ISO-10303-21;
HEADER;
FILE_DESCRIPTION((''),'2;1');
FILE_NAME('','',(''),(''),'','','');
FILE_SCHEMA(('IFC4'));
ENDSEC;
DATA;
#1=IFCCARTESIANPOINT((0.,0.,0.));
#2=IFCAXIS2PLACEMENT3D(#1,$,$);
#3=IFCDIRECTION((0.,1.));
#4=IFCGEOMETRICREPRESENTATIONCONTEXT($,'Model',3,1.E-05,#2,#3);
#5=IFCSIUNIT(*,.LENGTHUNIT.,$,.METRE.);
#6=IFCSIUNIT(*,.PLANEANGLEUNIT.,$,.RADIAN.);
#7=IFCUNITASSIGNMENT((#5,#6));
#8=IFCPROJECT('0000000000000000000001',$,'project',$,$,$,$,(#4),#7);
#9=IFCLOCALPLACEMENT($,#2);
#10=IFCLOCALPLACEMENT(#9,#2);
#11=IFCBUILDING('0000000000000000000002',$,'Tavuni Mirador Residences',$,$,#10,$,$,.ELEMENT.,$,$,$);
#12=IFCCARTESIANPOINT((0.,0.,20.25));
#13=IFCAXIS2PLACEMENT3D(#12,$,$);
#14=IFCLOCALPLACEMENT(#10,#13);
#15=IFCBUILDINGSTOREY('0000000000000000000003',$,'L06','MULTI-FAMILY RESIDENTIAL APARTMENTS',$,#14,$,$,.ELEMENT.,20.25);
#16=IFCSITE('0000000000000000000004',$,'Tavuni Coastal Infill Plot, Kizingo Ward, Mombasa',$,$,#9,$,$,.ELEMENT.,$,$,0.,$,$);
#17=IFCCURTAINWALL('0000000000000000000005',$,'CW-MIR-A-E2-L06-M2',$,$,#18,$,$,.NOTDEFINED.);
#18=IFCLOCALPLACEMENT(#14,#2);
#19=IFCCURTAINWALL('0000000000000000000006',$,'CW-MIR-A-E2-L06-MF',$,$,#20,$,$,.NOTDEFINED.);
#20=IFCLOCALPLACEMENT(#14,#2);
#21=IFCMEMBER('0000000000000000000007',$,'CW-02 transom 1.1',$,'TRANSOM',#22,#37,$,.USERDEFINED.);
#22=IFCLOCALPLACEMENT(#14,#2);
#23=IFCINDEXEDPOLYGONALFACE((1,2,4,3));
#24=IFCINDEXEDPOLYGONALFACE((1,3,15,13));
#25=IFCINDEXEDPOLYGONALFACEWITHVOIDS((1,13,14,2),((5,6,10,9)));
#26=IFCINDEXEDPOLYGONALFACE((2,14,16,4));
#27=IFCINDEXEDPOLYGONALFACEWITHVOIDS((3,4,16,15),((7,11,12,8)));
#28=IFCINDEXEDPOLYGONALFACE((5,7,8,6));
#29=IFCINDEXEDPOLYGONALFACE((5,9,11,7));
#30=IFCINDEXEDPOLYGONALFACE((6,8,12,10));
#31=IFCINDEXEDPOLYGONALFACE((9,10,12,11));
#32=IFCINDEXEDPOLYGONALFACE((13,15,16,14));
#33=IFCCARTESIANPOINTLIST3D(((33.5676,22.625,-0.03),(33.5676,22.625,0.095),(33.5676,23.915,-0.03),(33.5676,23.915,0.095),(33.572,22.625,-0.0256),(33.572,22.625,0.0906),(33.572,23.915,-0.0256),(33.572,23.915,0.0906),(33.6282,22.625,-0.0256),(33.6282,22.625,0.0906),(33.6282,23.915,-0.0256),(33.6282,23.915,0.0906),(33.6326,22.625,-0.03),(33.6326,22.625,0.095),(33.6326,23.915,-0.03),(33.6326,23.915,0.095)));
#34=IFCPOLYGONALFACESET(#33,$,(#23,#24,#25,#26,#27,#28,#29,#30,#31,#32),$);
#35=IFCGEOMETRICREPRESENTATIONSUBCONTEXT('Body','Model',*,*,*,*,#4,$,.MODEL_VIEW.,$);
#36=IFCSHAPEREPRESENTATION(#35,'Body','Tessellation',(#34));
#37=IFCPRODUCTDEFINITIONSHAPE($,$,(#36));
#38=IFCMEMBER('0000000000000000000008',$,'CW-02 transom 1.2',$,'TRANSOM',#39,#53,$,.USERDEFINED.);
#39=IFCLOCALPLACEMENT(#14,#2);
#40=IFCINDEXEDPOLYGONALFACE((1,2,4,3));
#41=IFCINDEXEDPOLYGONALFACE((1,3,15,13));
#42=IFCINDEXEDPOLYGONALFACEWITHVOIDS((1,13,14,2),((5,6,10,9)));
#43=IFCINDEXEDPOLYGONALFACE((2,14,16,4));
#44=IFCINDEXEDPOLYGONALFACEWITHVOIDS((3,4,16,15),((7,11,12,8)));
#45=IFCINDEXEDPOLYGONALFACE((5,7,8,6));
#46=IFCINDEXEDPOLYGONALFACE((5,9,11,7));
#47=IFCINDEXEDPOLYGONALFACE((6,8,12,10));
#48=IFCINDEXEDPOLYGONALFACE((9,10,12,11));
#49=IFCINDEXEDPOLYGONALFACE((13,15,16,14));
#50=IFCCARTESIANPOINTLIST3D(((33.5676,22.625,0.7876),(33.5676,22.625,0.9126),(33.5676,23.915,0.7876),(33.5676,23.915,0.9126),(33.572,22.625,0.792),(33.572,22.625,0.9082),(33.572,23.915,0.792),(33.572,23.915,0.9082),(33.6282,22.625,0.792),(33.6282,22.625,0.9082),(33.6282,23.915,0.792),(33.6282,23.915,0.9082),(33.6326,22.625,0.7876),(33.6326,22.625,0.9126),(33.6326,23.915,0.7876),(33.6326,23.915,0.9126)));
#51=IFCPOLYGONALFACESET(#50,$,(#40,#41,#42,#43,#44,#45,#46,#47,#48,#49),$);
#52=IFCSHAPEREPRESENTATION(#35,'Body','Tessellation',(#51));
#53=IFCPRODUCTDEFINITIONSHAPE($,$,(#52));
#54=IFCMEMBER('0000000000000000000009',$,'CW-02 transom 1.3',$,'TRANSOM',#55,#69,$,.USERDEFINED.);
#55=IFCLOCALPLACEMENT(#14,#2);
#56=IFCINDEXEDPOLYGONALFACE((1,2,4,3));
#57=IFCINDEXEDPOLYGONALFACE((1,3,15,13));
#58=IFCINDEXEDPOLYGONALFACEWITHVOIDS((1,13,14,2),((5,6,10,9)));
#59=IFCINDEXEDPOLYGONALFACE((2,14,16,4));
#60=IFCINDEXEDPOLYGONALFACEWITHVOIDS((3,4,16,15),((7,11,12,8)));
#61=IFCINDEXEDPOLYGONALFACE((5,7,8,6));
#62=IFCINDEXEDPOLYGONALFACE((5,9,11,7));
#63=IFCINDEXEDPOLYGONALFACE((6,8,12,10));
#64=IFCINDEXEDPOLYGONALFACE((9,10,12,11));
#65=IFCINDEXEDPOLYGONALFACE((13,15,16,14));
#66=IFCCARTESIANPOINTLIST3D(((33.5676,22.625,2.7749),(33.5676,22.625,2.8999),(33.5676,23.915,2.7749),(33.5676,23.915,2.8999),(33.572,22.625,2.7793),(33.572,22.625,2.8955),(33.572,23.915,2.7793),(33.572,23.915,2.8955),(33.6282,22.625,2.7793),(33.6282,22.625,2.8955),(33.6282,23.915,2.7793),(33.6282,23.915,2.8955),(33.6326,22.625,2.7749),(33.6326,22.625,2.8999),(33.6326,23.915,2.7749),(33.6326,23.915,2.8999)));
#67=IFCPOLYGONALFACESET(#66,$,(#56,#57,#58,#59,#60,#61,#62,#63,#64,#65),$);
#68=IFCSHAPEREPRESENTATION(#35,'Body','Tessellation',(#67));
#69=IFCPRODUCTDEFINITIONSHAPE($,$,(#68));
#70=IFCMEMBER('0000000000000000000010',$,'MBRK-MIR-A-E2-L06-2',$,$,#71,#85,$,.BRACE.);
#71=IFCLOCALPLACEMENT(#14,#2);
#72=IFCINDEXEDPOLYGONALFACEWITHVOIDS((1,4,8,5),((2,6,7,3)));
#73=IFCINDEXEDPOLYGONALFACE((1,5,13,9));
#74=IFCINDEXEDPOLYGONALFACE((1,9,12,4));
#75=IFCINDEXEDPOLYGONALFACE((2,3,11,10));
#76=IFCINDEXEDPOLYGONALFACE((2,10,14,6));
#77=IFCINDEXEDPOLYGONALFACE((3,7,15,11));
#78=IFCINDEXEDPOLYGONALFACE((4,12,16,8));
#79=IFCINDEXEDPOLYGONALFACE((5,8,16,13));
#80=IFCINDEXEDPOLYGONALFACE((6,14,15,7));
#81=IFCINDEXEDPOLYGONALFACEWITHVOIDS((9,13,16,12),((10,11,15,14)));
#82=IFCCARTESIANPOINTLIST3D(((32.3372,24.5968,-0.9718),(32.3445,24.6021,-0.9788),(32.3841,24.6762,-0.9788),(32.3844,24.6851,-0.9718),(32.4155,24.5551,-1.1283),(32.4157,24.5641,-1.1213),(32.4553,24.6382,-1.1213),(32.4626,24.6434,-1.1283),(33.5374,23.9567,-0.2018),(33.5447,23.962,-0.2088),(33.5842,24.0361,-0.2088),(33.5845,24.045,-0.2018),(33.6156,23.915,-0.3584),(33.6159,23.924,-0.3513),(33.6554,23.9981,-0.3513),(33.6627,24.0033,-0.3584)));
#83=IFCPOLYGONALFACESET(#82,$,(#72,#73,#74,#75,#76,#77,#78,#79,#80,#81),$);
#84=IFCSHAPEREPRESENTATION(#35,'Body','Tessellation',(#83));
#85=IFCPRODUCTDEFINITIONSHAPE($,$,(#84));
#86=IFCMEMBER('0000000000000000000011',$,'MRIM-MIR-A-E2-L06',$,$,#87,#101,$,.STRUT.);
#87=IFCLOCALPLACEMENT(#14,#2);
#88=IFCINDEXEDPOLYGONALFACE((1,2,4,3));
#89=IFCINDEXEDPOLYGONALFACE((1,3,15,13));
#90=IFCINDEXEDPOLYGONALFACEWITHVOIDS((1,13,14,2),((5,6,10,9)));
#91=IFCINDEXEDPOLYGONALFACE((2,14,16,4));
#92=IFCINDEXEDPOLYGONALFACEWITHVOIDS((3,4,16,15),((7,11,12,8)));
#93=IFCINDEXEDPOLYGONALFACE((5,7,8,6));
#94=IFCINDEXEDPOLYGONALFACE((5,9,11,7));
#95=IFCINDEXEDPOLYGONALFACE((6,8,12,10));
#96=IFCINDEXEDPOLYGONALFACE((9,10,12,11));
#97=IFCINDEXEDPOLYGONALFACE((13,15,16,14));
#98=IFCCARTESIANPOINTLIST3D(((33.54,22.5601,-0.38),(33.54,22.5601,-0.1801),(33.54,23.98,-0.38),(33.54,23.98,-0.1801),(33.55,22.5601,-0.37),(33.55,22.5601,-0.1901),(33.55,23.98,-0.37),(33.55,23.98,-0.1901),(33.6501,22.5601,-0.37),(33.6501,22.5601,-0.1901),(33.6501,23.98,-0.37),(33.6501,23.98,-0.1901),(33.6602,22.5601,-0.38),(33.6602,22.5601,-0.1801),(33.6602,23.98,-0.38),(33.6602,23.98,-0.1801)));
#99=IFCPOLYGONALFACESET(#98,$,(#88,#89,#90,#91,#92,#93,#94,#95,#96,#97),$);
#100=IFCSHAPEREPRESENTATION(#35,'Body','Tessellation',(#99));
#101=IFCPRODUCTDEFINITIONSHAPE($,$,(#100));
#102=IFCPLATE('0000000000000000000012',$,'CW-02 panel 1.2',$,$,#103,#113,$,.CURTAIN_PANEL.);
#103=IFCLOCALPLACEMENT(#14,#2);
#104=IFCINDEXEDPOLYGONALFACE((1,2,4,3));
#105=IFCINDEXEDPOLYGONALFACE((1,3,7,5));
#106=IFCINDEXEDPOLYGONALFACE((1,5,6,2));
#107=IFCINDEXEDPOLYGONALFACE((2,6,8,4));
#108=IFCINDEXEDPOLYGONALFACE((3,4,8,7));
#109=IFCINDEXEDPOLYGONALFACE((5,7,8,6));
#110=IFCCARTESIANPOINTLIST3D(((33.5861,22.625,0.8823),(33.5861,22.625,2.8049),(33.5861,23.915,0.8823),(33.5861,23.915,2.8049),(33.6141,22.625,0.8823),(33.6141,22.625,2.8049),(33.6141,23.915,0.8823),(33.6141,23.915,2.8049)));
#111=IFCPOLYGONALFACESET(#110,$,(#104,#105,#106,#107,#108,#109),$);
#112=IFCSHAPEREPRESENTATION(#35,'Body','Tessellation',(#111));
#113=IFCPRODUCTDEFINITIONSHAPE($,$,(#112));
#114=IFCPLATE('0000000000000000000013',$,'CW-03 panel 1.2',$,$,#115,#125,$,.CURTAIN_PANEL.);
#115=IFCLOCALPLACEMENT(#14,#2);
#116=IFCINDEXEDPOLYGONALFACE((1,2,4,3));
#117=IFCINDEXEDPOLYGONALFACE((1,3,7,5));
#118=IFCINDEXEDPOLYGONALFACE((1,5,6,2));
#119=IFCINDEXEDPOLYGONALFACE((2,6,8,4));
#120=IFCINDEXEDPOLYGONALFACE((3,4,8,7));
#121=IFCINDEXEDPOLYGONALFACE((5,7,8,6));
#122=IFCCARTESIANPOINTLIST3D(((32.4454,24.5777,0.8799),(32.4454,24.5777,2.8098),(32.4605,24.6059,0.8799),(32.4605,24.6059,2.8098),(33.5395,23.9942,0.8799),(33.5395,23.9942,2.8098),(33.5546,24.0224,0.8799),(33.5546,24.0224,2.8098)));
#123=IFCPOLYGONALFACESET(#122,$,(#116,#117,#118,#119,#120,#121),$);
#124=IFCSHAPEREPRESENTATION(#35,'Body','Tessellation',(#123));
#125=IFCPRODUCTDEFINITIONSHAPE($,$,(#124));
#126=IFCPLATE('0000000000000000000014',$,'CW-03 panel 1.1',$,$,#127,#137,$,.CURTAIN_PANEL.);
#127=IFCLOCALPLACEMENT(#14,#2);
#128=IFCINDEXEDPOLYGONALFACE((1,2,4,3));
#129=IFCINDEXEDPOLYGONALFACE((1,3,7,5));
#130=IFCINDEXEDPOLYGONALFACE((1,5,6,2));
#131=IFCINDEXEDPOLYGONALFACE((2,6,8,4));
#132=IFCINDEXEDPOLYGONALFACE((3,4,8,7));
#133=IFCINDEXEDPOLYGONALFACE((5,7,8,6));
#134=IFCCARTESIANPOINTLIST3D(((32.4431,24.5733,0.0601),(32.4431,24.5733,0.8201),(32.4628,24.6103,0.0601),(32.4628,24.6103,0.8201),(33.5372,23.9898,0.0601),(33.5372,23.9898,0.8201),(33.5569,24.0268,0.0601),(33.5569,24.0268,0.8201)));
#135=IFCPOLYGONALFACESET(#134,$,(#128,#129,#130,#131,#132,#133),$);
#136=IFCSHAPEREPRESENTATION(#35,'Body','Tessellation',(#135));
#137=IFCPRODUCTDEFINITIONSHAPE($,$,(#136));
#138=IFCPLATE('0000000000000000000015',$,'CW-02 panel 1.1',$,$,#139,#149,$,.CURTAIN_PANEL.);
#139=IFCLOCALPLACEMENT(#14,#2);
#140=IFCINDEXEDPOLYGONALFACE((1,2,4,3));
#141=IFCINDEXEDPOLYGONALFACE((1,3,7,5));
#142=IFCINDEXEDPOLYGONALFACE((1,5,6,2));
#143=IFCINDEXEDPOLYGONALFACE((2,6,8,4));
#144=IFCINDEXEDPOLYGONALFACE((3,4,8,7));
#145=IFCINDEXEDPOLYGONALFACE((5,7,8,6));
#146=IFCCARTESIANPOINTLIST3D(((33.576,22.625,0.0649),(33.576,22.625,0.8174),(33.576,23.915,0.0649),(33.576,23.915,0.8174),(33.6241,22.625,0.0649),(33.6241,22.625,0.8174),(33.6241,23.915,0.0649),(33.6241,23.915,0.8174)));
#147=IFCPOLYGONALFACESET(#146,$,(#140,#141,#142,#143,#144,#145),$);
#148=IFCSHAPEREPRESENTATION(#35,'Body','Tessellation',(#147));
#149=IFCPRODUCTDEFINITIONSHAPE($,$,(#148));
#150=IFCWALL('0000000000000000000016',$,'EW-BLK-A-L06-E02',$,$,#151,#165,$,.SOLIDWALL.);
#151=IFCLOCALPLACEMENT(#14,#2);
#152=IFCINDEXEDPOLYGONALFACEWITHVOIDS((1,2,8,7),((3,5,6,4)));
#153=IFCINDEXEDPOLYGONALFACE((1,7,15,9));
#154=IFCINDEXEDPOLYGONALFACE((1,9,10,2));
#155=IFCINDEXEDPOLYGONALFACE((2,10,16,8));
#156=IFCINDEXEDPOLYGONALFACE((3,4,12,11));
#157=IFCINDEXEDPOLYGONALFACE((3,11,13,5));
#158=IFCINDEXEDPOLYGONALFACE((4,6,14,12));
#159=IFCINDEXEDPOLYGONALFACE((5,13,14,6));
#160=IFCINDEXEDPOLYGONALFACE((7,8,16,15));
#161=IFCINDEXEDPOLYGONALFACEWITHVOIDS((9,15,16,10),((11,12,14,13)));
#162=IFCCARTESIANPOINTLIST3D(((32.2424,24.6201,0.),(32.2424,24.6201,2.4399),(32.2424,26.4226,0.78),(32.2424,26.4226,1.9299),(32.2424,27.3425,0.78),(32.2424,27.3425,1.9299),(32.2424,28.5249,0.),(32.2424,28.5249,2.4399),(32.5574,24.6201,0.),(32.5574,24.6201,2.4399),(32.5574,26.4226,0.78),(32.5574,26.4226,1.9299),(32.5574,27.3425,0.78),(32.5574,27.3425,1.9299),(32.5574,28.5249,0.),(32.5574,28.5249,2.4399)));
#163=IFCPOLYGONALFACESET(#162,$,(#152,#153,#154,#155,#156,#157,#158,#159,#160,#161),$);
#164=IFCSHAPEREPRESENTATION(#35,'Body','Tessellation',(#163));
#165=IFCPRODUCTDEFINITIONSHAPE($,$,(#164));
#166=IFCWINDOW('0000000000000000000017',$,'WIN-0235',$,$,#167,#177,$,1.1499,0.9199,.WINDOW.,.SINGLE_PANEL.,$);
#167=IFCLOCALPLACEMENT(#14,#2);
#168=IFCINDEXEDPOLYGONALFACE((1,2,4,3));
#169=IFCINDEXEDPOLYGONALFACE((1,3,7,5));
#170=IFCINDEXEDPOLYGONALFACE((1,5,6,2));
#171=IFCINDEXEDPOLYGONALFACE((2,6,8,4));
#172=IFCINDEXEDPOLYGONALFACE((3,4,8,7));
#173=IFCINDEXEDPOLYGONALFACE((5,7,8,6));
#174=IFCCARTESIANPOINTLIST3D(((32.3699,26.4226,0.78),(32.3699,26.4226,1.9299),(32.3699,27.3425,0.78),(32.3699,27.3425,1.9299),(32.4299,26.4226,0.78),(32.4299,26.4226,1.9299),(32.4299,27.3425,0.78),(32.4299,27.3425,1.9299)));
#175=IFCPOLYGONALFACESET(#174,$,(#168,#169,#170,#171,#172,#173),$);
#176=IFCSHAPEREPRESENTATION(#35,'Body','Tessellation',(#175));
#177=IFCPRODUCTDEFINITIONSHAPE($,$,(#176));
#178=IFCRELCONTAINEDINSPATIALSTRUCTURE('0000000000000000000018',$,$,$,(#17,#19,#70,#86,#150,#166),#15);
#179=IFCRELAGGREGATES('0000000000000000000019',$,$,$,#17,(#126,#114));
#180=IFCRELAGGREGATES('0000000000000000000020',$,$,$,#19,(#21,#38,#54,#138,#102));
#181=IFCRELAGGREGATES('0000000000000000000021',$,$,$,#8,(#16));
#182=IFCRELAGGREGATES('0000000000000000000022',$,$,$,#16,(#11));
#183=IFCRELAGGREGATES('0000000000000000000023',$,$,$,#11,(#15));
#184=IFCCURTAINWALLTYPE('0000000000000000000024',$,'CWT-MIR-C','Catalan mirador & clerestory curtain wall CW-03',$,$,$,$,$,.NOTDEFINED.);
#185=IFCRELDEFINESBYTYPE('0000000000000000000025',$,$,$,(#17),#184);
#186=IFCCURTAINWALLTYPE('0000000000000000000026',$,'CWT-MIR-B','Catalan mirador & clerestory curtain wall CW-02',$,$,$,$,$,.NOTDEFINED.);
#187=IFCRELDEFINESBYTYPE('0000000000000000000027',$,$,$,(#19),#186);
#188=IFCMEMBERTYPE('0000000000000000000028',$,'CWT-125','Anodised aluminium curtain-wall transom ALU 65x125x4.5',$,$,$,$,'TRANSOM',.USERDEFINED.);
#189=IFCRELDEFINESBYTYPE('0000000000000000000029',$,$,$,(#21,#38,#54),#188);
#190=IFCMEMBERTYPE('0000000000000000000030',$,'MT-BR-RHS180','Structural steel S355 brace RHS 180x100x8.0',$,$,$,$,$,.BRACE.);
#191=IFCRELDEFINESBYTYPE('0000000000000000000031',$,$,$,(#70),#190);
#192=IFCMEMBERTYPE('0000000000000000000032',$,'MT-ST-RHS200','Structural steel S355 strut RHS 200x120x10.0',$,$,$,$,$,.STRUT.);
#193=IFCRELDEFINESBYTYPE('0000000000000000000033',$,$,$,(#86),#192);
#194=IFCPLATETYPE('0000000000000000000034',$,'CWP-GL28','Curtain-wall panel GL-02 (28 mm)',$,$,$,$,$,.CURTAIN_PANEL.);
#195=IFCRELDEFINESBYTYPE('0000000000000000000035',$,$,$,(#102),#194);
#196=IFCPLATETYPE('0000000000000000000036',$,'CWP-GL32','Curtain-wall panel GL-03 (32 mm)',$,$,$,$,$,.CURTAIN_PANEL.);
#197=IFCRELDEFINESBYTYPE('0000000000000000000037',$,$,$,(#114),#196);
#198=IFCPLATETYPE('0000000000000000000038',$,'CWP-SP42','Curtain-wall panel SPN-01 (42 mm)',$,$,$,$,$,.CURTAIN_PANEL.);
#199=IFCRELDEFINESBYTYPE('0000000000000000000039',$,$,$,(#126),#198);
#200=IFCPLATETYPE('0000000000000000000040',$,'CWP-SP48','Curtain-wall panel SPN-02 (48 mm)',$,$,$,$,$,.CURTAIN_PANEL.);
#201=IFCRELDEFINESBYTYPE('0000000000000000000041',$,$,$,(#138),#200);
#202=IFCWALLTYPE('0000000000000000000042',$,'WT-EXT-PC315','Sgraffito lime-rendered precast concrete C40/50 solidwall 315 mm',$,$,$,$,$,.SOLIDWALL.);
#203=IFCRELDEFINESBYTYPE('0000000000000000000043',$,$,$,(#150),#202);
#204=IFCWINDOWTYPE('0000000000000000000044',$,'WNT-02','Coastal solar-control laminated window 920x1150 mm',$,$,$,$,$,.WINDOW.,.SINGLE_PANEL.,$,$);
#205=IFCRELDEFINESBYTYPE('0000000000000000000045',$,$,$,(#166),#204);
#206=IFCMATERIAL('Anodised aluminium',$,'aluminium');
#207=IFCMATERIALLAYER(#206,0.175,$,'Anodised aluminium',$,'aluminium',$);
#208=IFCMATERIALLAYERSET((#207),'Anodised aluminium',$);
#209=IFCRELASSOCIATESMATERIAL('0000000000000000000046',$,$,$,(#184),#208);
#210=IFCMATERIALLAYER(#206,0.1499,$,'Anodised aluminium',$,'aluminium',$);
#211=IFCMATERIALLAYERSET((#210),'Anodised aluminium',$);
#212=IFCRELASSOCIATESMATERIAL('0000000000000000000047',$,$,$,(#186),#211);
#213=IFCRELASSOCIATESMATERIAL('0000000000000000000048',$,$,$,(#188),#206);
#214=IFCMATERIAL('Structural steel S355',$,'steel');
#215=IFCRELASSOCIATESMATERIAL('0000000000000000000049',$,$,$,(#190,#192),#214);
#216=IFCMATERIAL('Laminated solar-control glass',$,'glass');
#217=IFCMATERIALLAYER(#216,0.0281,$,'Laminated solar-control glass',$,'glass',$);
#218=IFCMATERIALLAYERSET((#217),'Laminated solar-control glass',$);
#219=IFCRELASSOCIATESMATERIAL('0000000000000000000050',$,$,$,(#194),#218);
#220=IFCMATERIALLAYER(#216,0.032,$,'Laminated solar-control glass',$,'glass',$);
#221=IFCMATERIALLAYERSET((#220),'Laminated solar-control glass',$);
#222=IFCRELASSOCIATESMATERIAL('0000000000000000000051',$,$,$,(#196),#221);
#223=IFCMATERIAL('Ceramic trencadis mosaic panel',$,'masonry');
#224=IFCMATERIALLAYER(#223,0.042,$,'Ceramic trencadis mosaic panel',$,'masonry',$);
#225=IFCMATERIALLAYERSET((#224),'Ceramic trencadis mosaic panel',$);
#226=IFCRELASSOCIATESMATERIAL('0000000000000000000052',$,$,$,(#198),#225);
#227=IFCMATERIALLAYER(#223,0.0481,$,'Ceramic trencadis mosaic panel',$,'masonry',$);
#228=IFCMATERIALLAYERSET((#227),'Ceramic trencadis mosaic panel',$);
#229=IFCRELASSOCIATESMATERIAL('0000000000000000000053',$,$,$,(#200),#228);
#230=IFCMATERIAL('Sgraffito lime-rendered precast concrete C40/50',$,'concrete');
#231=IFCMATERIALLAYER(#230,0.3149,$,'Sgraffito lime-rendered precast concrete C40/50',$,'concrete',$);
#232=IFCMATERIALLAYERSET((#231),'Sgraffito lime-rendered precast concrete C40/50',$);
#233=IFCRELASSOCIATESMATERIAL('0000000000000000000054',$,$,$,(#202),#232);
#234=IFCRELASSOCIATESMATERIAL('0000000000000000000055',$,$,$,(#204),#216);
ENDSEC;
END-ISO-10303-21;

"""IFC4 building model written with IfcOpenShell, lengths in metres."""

from ifc_helpers import new_model, si_unit, direction, frame, frame_2d, origin, origin_2d, place, context, subcontext, project, spatial, rectangle, hollow_rectangle, extrude, material, layer, layer_set, material_profile, profile_set, type_object, element, fill, aggregate, save


model = new_model("IFC4")

# Units and contexts
model_context = context("Model", 3, precision=1e-05, world=origin(), true_north=direction((0.0, 1.0)))
body_context = subcontext(model_context, "Body", "Model", "MODEL_VIEW")
ifc_project = project(units=[si_unit("LENGTHUNIT", "METRE"), si_unit("PLANEANGLEUNIT", "RADIAN")], contexts=[model_context])

# Site, building, storey
site_placement = place(None, origin())
site = spatial("IfcSite", under=ifc_project, at=site_placement, Name="Tavuni Coastal Infill Plot, Kizingo Ward, Mombasa", CompositionType="ELEMENT", RefElevation=0.0)
building_placement = place(site_placement, origin())
building = spatial("IfcBuilding", under=site, at=building_placement, Name="Tavuni Mirador Residences", CompositionType="ELEMENT")
storey_placement = place(building_placement, frame((0.0, 0.0, 20.25)))
storey = spatial("IfcBuildingStorey", under=building, at=storey_placement, Name="L06", Description="MULTI-FAMILY RESIDENTIAL APARTMENTS", CompositionType="ELEMENT", Elevation=20.25)

# Shared definitions
ifc_material_1 = material(Name="Anodised aluminium", Category="aluminium")

# Curtain walls
ifc_layer_1 = layer(ifc_material_1, 0.175, Name="Anodised aluminium", Category="aluminium")
ifc_layer_set_1 = layer_set([ifc_layer_1], Name="Anodised aluminium")
curtain_wall_type_1 = type_object("IfcCurtainWallType", Name="CWT-MIR-C", Description="Catalan mirador & clerestory curtain wall CW-03", PredefinedType="NOTDEFINED", material=ifc_layer_set_1)
curtain_wall_1_placement = place(storey_placement, origin())
curtain_wall_1 = element("IfcCurtainWall", 1, at=curtain_wall_1_placement, inside=storey, type_object=curtain_wall_type_1, Name="CW-MIR-A-E2-L06-M2", PredefinedType="NOTDEFINED")
ifc_layer_2 = layer(ifc_material_1, 0.1499, Name="Anodised aluminium", Category="aluminium")
ifc_layer_set_2 = layer_set([ifc_layer_2], Name="Anodised aluminium")
curtain_wall_type_2 = type_object("IfcCurtainWallType", Name="CWT-MIR-B", Description="Catalan mirador & clerestory curtain wall CW-02", PredefinedType="NOTDEFINED", material=ifc_layer_set_2)
curtain_wall_2_placement = place(storey_placement, origin())
curtain_wall_2 = element("IfcCurtainWall", 2, at=curtain_wall_2_placement, inside=storey, type_object=curtain_wall_type_2, Name="CW-MIR-A-E2-L06-MF", PredefinedType="NOTDEFINED")

# Members
ifc_material_profile_1 = material_profile(ifc_material_1, hollow_rectangle(XDim=0.0649, YDim=0.125, WallThickness=0.0044, at=origin_2d()), Name="ALU 65x125x4.5", Category="aluminium")
ifc_profile_set_1 = profile_set([ifc_material_profile_1], Name="Anodised aluminium")
member_type_1 = type_object("IfcMemberType", Name="CWT-125", Description="Anodised aluminium curtain-wall transom ALU 65x125x4.5", ElementType="TRANSOM", PredefinedType="USERDEFINED", material=ifc_profile_set_1)
member_1_placement = place(storey_placement, frame((33.6001, 22.625, 0.0325), z_axis=(0.0, 1.0, 0.0), x_axis=(-1.0, 0.0, 0.0)))
member_1 = element("IfcMember", 3, at=member_1_placement, type_object=member_type_1, Name="CW-02 transom 1.1", ObjectType="TRANSOM", PredefinedType="USERDEFINED", context=body_context, shape_type="SweptSolid", body=[
    extrude(hollow_rectangle(XDim=0.0649, YDim=0.125, WallThickness=0.0044, at=origin_2d()), origin(), (0.0, 0.0, 1.0), 1.29),
])
member_2_placement = place(storey_placement, frame((33.6001, 22.625, 0.8501), z_axis=(0.0, 1.0, 0.0), x_axis=(-1.0, 0.0, 0.0)))
member_2 = element("IfcMember", 4, at=member_2_placement, type_object=member_type_1, Name="CW-02 transom 1.2", ObjectType="TRANSOM", PredefinedType="USERDEFINED", context=body_context, shape_type="SweptSolid", body=[
    extrude(hollow_rectangle(XDim=0.0649, YDim=0.125, WallThickness=0.0044, at=origin_2d()), origin(), (0.0, 0.0, 1.0), 1.29),
])
member_3_placement = place(storey_placement, frame((33.6001, 22.625, 2.8374), z_axis=(0.0, 1.0, 0.0), x_axis=(-1.0, 0.0, 0.0)))
member_3 = element("IfcMember", 5, at=member_3_placement, type_object=member_type_1, Name="CW-02 transom 1.3", ObjectType="TRANSOM", PredefinedType="USERDEFINED", context=body_context, shape_type="SweptSolid", body=[
    extrude(hollow_rectangle(XDim=0.0649, YDim=0.125, WallThickness=0.0044, at=origin_2d()), origin(), (0.0, 0.0, 1.0), 1.29),
])

# Members
ifc_material_2 = material(Name="Structural steel S355", Category="steel")
ifc_material_profile_2 = material_profile(ifc_material_2, hollow_rectangle(XDim=0.1001, YDim=0.1799, WallThickness=0.0081, at=origin_2d()), Name="RHS 180x100x8.0", Category="steel")
ifc_profile_set_2 = profile_set([ifc_material_profile_2], Name="Structural steel S355")
member_type_2 = type_object("IfcMemberType", Name="MT-BR-RHS180", Description="Structural steel S355 brace RHS 180x100x8.0", PredefinedType="BRACE", material=ifc_profile_set_2)
member_4_placement = place(storey_placement, frame((32.3999, 24.6201, -1.05), z_axis=(0.767847, -0.409539, 0.492634), x_axis=(0.470607, 0.882343, 0.0)))
element("IfcMember", 6, at=member_4_placement, inside=storey, type_object=member_type_2, Name="MBRK-MIR-A-E2-L06-2", PredefinedType="BRACE", context=body_context, shape_type="SweptSolid", body=[
    extrude(hollow_rectangle(XDim=0.1001, YDim=0.1799, WallThickness=0.0081, at=origin_2d()), origin(), (0.0, 0.0, 1.0), 1.563),
])
ifc_material_profile_3 = material_profile(ifc_material_2, hollow_rectangle(XDim=0.1201, YDim=0.2, WallThickness=0.01, at=origin_2d()), Name="RHS 200x120x10.0", Category="steel")
ifc_profile_set_3 = profile_set([ifc_material_profile_3], Name="Structural steel S355")
member_type_3 = type_object("IfcMemberType", Name="MT-ST-RHS200", Description="Structural steel S355 strut RHS 200x120x10.0", PredefinedType="STRUT", material=ifc_profile_set_3)
member_5_placement = place(storey_placement, frame((33.6001, 22.5601, -0.28), z_axis=(0.0, 1.0, 0.0), x_axis=(-1.0, 0.0, 0.0)))
element("IfcMember", 7, at=member_5_placement, inside=storey, type_object=member_type_3, Name="MRIM-MIR-A-E2-L06", PredefinedType="STRUT", context=body_context, shape_type="SweptSolid", body=[
    extrude(hollow_rectangle(XDim=0.1201, YDim=0.2, WallThickness=0.01, at=origin_2d()), origin(), (0.0, 0.0, 1.0), 1.4199),
])

# Plates
ifc_material_3 = material(Name="Laminated solar-control glass", Category="glass")
ifc_layer_3 = layer(ifc_material_3, 0.0281, Name="Laminated solar-control glass", Category="glass")
ifc_layer_set_3 = layer_set([ifc_layer_3], Name="Laminated solar-control glass")
plate_type_1 = type_object("IfcPlateType", Name="CWP-GL28", Description="Curtain-wall panel GL-02 (28 mm)", PredefinedType="CURTAIN_PANEL", material=ifc_layer_set_3)
plate_1_placement = place(storey_placement, frame((33.6001, 23.27, 0.8823), z_axis=(0.0, 0.0, 1.0), x_axis=(0.0, 1.0, 0.0)))
plate_1 = element("IfcPlate", 8, at=plate_1_placement, type_object=plate_type_1, Name="CW-02 panel 1.2", PredefinedType="CURTAIN_PANEL", context=body_context, shape_type="SweptSolid", body=[
    extrude(rectangle(XDim=1.29, YDim=0.0281, at=origin_2d()), origin(), (0.0, 0.0, 1.0), 1.9226),
])
ifc_layer_4 = layer(ifc_material_3, 0.032, Name="Laminated solar-control glass", Category="glass")
ifc_layer_set_4 = layer_set([ifc_layer_4], Name="Laminated solar-control glass")
plate_type_2 = type_object("IfcPlateType", Name="CWP-GL32", Description="Curtain-wall panel GL-03 (32 mm)", PredefinedType="CURTAIN_PANEL", material=ifc_layer_set_4)
plate_2_placement = place(storey_placement, frame((33.0, 24.3, 0.8799), z_axis=(0.0, 0.0, 1.0), x_axis=(-0.882353, 0.470588, 0.0)))
plate_2 = element("IfcPlate", 9, at=plate_2_placement, type_object=plate_type_2, Name="CW-03 panel 1.2", PredefinedType="CURTAIN_PANEL", context=body_context, shape_type="SweptSolid", body=[
    extrude(rectangle(XDim=1.24, YDim=0.032, at=origin_2d()), origin(), (0.0, 0.0, 1.0), 1.9299),
])
ifc_material_4 = material(Name="Ceramic trencadis mosaic panel", Category="masonry")
ifc_layer_5 = layer(ifc_material_4, 0.042, Name="Ceramic trencadis mosaic panel", Category="masonry")
ifc_layer_set_5 = layer_set([ifc_layer_5], Name="Ceramic trencadis mosaic panel")
plate_type_3 = type_object("IfcPlateType", Name="CWP-SP42", Description="Curtain-wall panel SPN-01 (42 mm)", PredefinedType="CURTAIN_PANEL", material=ifc_layer_set_5)
plate_3_placement = place(storey_placement, frame((33.0, 24.3, 0.0601), z_axis=(0.0, 0.0, 1.0), x_axis=(-0.882353, 0.470588, 0.0)))
plate_3 = element("IfcPlate", 10, at=plate_3_placement, type_object=plate_type_3, Name="CW-03 panel 1.1", PredefinedType="CURTAIN_PANEL", context=body_context, shape_type="SweptSolid", body=[
    extrude(rectangle(XDim=1.24, YDim=0.042, at=origin_2d()), origin(), (0.0, 0.0, 1.0), 0.76),
])
aggregate(curtain_wall_1, [plate_3, plate_2])
ifc_layer_6 = layer(ifc_material_4, 0.0481, Name="Ceramic trencadis mosaic panel", Category="masonry")
ifc_layer_set_6 = layer_set([ifc_layer_6], Name="Ceramic trencadis mosaic panel")
plate_type_4 = type_object("IfcPlateType", Name="CWP-SP48", Description="Curtain-wall panel SPN-02 (48 mm)", PredefinedType="CURTAIN_PANEL", material=ifc_layer_set_6)
plate_4_placement = place(storey_placement, frame((33.6001, 23.27, 0.0649), z_axis=(0.0, 0.0, 1.0), x_axis=(0.0, 1.0, 0.0)))
plate_4 = element("IfcPlate", 11, at=plate_4_placement, type_object=plate_type_4, Name="CW-02 panel 1.1", PredefinedType="CURTAIN_PANEL", context=body_context, shape_type="SweptSolid", body=[
    extrude(rectangle(XDim=1.29, YDim=0.0481, at=origin_2d()), origin(), (0.0, 0.0, 1.0), 0.7524),
])
aggregate(curtain_wall_2, [member_1, member_2, member_3, plate_4, plate_1])

# Wall, opening, window
ifc_material_5 = material(Name="Sgraffito lime-rendered precast concrete C40/50", Category="concrete")
ifc_layer_7 = layer(ifc_material_5, 0.3149, Name="Sgraffito lime-rendered precast concrete C40/50", Category="concrete")
ifc_layer_set_7 = layer_set([ifc_layer_7], Name="Sgraffito lime-rendered precast concrete C40/50")
wall_type = type_object("IfcWallType", Name="WT-EXT-PC315", Description="Sgraffito lime-rendered precast concrete C40/50 solidwall 315 mm", PredefinedType="SOLIDWALL", material=ifc_layer_set_7)
wall_placement = place(storey_placement, frame((32.3999, 24.6201, 0.0), z_axis=(0.0, 0.0, 1.0), x_axis=(0.0, 1.0, 0.0)))
wall = element("IfcWall", 12, at=wall_placement, inside=storey, type_object=wall_type, Name="EW-BLK-A-L06-E02", PredefinedType="SOLIDWALL", context=body_context, shape_type="SweptSolid", body=[
    extrude(rectangle(XDim=3.9048, YDim=0.3149, at=frame_2d((1.9524, 0.0))), origin(), (0.0, 0.0, 1.0), 2.4399),
])
opening_placement = place(wall_placement, frame((1.8025, 0.0, 0.78)))
opening = element("IfcOpeningElement", 13, at=opening_placement, cuts=wall, PredefinedType="OPENING", context=body_context, shape_type="SweptSolid", body=[
    extrude(rectangle(XDim=0.9199, YDim=1.1499, at=frame_2d((0.46, 0.575))), frame((0.0, 0.1675, 0.0), z_axis=(0.0, -1.0, 0.0), x_axis=(1.0, 0.0, 0.0)), (0.0, 0.0, 1.0), 0.335),
])
window_type = type_object("IfcWindowType", Name="WNT-02", Description="Coastal solar-control laminated window 920x1150 mm", PartitioningType="SINGLE_PANEL", PredefinedType="WINDOW", material=ifc_material_3)
window_placement = place(opening_placement, origin())
window = element("IfcWindow", 14, at=window_placement, inside=storey, type_object=window_type, Name="WIN-0235", OverallHeight=1.1499, OverallWidth=0.9199, PartitioningType="SINGLE_PANEL", PredefinedType="WINDOW", context=body_context, shape_type="SweptSolid", body=[
    extrude(rectangle(XDim=0.9199, YDim=1.1499, at=frame_2d((0.46, 0.575))), frame((0.0, 0.03, 0.0), z_axis=(0.0, -1.0, 0.0), x_axis=(1.0, 0.0, 0.0)), (0.0, 0.0, 1.0), 0.0601),
])
fill(opening, window)

save(model, "model.ifc")
